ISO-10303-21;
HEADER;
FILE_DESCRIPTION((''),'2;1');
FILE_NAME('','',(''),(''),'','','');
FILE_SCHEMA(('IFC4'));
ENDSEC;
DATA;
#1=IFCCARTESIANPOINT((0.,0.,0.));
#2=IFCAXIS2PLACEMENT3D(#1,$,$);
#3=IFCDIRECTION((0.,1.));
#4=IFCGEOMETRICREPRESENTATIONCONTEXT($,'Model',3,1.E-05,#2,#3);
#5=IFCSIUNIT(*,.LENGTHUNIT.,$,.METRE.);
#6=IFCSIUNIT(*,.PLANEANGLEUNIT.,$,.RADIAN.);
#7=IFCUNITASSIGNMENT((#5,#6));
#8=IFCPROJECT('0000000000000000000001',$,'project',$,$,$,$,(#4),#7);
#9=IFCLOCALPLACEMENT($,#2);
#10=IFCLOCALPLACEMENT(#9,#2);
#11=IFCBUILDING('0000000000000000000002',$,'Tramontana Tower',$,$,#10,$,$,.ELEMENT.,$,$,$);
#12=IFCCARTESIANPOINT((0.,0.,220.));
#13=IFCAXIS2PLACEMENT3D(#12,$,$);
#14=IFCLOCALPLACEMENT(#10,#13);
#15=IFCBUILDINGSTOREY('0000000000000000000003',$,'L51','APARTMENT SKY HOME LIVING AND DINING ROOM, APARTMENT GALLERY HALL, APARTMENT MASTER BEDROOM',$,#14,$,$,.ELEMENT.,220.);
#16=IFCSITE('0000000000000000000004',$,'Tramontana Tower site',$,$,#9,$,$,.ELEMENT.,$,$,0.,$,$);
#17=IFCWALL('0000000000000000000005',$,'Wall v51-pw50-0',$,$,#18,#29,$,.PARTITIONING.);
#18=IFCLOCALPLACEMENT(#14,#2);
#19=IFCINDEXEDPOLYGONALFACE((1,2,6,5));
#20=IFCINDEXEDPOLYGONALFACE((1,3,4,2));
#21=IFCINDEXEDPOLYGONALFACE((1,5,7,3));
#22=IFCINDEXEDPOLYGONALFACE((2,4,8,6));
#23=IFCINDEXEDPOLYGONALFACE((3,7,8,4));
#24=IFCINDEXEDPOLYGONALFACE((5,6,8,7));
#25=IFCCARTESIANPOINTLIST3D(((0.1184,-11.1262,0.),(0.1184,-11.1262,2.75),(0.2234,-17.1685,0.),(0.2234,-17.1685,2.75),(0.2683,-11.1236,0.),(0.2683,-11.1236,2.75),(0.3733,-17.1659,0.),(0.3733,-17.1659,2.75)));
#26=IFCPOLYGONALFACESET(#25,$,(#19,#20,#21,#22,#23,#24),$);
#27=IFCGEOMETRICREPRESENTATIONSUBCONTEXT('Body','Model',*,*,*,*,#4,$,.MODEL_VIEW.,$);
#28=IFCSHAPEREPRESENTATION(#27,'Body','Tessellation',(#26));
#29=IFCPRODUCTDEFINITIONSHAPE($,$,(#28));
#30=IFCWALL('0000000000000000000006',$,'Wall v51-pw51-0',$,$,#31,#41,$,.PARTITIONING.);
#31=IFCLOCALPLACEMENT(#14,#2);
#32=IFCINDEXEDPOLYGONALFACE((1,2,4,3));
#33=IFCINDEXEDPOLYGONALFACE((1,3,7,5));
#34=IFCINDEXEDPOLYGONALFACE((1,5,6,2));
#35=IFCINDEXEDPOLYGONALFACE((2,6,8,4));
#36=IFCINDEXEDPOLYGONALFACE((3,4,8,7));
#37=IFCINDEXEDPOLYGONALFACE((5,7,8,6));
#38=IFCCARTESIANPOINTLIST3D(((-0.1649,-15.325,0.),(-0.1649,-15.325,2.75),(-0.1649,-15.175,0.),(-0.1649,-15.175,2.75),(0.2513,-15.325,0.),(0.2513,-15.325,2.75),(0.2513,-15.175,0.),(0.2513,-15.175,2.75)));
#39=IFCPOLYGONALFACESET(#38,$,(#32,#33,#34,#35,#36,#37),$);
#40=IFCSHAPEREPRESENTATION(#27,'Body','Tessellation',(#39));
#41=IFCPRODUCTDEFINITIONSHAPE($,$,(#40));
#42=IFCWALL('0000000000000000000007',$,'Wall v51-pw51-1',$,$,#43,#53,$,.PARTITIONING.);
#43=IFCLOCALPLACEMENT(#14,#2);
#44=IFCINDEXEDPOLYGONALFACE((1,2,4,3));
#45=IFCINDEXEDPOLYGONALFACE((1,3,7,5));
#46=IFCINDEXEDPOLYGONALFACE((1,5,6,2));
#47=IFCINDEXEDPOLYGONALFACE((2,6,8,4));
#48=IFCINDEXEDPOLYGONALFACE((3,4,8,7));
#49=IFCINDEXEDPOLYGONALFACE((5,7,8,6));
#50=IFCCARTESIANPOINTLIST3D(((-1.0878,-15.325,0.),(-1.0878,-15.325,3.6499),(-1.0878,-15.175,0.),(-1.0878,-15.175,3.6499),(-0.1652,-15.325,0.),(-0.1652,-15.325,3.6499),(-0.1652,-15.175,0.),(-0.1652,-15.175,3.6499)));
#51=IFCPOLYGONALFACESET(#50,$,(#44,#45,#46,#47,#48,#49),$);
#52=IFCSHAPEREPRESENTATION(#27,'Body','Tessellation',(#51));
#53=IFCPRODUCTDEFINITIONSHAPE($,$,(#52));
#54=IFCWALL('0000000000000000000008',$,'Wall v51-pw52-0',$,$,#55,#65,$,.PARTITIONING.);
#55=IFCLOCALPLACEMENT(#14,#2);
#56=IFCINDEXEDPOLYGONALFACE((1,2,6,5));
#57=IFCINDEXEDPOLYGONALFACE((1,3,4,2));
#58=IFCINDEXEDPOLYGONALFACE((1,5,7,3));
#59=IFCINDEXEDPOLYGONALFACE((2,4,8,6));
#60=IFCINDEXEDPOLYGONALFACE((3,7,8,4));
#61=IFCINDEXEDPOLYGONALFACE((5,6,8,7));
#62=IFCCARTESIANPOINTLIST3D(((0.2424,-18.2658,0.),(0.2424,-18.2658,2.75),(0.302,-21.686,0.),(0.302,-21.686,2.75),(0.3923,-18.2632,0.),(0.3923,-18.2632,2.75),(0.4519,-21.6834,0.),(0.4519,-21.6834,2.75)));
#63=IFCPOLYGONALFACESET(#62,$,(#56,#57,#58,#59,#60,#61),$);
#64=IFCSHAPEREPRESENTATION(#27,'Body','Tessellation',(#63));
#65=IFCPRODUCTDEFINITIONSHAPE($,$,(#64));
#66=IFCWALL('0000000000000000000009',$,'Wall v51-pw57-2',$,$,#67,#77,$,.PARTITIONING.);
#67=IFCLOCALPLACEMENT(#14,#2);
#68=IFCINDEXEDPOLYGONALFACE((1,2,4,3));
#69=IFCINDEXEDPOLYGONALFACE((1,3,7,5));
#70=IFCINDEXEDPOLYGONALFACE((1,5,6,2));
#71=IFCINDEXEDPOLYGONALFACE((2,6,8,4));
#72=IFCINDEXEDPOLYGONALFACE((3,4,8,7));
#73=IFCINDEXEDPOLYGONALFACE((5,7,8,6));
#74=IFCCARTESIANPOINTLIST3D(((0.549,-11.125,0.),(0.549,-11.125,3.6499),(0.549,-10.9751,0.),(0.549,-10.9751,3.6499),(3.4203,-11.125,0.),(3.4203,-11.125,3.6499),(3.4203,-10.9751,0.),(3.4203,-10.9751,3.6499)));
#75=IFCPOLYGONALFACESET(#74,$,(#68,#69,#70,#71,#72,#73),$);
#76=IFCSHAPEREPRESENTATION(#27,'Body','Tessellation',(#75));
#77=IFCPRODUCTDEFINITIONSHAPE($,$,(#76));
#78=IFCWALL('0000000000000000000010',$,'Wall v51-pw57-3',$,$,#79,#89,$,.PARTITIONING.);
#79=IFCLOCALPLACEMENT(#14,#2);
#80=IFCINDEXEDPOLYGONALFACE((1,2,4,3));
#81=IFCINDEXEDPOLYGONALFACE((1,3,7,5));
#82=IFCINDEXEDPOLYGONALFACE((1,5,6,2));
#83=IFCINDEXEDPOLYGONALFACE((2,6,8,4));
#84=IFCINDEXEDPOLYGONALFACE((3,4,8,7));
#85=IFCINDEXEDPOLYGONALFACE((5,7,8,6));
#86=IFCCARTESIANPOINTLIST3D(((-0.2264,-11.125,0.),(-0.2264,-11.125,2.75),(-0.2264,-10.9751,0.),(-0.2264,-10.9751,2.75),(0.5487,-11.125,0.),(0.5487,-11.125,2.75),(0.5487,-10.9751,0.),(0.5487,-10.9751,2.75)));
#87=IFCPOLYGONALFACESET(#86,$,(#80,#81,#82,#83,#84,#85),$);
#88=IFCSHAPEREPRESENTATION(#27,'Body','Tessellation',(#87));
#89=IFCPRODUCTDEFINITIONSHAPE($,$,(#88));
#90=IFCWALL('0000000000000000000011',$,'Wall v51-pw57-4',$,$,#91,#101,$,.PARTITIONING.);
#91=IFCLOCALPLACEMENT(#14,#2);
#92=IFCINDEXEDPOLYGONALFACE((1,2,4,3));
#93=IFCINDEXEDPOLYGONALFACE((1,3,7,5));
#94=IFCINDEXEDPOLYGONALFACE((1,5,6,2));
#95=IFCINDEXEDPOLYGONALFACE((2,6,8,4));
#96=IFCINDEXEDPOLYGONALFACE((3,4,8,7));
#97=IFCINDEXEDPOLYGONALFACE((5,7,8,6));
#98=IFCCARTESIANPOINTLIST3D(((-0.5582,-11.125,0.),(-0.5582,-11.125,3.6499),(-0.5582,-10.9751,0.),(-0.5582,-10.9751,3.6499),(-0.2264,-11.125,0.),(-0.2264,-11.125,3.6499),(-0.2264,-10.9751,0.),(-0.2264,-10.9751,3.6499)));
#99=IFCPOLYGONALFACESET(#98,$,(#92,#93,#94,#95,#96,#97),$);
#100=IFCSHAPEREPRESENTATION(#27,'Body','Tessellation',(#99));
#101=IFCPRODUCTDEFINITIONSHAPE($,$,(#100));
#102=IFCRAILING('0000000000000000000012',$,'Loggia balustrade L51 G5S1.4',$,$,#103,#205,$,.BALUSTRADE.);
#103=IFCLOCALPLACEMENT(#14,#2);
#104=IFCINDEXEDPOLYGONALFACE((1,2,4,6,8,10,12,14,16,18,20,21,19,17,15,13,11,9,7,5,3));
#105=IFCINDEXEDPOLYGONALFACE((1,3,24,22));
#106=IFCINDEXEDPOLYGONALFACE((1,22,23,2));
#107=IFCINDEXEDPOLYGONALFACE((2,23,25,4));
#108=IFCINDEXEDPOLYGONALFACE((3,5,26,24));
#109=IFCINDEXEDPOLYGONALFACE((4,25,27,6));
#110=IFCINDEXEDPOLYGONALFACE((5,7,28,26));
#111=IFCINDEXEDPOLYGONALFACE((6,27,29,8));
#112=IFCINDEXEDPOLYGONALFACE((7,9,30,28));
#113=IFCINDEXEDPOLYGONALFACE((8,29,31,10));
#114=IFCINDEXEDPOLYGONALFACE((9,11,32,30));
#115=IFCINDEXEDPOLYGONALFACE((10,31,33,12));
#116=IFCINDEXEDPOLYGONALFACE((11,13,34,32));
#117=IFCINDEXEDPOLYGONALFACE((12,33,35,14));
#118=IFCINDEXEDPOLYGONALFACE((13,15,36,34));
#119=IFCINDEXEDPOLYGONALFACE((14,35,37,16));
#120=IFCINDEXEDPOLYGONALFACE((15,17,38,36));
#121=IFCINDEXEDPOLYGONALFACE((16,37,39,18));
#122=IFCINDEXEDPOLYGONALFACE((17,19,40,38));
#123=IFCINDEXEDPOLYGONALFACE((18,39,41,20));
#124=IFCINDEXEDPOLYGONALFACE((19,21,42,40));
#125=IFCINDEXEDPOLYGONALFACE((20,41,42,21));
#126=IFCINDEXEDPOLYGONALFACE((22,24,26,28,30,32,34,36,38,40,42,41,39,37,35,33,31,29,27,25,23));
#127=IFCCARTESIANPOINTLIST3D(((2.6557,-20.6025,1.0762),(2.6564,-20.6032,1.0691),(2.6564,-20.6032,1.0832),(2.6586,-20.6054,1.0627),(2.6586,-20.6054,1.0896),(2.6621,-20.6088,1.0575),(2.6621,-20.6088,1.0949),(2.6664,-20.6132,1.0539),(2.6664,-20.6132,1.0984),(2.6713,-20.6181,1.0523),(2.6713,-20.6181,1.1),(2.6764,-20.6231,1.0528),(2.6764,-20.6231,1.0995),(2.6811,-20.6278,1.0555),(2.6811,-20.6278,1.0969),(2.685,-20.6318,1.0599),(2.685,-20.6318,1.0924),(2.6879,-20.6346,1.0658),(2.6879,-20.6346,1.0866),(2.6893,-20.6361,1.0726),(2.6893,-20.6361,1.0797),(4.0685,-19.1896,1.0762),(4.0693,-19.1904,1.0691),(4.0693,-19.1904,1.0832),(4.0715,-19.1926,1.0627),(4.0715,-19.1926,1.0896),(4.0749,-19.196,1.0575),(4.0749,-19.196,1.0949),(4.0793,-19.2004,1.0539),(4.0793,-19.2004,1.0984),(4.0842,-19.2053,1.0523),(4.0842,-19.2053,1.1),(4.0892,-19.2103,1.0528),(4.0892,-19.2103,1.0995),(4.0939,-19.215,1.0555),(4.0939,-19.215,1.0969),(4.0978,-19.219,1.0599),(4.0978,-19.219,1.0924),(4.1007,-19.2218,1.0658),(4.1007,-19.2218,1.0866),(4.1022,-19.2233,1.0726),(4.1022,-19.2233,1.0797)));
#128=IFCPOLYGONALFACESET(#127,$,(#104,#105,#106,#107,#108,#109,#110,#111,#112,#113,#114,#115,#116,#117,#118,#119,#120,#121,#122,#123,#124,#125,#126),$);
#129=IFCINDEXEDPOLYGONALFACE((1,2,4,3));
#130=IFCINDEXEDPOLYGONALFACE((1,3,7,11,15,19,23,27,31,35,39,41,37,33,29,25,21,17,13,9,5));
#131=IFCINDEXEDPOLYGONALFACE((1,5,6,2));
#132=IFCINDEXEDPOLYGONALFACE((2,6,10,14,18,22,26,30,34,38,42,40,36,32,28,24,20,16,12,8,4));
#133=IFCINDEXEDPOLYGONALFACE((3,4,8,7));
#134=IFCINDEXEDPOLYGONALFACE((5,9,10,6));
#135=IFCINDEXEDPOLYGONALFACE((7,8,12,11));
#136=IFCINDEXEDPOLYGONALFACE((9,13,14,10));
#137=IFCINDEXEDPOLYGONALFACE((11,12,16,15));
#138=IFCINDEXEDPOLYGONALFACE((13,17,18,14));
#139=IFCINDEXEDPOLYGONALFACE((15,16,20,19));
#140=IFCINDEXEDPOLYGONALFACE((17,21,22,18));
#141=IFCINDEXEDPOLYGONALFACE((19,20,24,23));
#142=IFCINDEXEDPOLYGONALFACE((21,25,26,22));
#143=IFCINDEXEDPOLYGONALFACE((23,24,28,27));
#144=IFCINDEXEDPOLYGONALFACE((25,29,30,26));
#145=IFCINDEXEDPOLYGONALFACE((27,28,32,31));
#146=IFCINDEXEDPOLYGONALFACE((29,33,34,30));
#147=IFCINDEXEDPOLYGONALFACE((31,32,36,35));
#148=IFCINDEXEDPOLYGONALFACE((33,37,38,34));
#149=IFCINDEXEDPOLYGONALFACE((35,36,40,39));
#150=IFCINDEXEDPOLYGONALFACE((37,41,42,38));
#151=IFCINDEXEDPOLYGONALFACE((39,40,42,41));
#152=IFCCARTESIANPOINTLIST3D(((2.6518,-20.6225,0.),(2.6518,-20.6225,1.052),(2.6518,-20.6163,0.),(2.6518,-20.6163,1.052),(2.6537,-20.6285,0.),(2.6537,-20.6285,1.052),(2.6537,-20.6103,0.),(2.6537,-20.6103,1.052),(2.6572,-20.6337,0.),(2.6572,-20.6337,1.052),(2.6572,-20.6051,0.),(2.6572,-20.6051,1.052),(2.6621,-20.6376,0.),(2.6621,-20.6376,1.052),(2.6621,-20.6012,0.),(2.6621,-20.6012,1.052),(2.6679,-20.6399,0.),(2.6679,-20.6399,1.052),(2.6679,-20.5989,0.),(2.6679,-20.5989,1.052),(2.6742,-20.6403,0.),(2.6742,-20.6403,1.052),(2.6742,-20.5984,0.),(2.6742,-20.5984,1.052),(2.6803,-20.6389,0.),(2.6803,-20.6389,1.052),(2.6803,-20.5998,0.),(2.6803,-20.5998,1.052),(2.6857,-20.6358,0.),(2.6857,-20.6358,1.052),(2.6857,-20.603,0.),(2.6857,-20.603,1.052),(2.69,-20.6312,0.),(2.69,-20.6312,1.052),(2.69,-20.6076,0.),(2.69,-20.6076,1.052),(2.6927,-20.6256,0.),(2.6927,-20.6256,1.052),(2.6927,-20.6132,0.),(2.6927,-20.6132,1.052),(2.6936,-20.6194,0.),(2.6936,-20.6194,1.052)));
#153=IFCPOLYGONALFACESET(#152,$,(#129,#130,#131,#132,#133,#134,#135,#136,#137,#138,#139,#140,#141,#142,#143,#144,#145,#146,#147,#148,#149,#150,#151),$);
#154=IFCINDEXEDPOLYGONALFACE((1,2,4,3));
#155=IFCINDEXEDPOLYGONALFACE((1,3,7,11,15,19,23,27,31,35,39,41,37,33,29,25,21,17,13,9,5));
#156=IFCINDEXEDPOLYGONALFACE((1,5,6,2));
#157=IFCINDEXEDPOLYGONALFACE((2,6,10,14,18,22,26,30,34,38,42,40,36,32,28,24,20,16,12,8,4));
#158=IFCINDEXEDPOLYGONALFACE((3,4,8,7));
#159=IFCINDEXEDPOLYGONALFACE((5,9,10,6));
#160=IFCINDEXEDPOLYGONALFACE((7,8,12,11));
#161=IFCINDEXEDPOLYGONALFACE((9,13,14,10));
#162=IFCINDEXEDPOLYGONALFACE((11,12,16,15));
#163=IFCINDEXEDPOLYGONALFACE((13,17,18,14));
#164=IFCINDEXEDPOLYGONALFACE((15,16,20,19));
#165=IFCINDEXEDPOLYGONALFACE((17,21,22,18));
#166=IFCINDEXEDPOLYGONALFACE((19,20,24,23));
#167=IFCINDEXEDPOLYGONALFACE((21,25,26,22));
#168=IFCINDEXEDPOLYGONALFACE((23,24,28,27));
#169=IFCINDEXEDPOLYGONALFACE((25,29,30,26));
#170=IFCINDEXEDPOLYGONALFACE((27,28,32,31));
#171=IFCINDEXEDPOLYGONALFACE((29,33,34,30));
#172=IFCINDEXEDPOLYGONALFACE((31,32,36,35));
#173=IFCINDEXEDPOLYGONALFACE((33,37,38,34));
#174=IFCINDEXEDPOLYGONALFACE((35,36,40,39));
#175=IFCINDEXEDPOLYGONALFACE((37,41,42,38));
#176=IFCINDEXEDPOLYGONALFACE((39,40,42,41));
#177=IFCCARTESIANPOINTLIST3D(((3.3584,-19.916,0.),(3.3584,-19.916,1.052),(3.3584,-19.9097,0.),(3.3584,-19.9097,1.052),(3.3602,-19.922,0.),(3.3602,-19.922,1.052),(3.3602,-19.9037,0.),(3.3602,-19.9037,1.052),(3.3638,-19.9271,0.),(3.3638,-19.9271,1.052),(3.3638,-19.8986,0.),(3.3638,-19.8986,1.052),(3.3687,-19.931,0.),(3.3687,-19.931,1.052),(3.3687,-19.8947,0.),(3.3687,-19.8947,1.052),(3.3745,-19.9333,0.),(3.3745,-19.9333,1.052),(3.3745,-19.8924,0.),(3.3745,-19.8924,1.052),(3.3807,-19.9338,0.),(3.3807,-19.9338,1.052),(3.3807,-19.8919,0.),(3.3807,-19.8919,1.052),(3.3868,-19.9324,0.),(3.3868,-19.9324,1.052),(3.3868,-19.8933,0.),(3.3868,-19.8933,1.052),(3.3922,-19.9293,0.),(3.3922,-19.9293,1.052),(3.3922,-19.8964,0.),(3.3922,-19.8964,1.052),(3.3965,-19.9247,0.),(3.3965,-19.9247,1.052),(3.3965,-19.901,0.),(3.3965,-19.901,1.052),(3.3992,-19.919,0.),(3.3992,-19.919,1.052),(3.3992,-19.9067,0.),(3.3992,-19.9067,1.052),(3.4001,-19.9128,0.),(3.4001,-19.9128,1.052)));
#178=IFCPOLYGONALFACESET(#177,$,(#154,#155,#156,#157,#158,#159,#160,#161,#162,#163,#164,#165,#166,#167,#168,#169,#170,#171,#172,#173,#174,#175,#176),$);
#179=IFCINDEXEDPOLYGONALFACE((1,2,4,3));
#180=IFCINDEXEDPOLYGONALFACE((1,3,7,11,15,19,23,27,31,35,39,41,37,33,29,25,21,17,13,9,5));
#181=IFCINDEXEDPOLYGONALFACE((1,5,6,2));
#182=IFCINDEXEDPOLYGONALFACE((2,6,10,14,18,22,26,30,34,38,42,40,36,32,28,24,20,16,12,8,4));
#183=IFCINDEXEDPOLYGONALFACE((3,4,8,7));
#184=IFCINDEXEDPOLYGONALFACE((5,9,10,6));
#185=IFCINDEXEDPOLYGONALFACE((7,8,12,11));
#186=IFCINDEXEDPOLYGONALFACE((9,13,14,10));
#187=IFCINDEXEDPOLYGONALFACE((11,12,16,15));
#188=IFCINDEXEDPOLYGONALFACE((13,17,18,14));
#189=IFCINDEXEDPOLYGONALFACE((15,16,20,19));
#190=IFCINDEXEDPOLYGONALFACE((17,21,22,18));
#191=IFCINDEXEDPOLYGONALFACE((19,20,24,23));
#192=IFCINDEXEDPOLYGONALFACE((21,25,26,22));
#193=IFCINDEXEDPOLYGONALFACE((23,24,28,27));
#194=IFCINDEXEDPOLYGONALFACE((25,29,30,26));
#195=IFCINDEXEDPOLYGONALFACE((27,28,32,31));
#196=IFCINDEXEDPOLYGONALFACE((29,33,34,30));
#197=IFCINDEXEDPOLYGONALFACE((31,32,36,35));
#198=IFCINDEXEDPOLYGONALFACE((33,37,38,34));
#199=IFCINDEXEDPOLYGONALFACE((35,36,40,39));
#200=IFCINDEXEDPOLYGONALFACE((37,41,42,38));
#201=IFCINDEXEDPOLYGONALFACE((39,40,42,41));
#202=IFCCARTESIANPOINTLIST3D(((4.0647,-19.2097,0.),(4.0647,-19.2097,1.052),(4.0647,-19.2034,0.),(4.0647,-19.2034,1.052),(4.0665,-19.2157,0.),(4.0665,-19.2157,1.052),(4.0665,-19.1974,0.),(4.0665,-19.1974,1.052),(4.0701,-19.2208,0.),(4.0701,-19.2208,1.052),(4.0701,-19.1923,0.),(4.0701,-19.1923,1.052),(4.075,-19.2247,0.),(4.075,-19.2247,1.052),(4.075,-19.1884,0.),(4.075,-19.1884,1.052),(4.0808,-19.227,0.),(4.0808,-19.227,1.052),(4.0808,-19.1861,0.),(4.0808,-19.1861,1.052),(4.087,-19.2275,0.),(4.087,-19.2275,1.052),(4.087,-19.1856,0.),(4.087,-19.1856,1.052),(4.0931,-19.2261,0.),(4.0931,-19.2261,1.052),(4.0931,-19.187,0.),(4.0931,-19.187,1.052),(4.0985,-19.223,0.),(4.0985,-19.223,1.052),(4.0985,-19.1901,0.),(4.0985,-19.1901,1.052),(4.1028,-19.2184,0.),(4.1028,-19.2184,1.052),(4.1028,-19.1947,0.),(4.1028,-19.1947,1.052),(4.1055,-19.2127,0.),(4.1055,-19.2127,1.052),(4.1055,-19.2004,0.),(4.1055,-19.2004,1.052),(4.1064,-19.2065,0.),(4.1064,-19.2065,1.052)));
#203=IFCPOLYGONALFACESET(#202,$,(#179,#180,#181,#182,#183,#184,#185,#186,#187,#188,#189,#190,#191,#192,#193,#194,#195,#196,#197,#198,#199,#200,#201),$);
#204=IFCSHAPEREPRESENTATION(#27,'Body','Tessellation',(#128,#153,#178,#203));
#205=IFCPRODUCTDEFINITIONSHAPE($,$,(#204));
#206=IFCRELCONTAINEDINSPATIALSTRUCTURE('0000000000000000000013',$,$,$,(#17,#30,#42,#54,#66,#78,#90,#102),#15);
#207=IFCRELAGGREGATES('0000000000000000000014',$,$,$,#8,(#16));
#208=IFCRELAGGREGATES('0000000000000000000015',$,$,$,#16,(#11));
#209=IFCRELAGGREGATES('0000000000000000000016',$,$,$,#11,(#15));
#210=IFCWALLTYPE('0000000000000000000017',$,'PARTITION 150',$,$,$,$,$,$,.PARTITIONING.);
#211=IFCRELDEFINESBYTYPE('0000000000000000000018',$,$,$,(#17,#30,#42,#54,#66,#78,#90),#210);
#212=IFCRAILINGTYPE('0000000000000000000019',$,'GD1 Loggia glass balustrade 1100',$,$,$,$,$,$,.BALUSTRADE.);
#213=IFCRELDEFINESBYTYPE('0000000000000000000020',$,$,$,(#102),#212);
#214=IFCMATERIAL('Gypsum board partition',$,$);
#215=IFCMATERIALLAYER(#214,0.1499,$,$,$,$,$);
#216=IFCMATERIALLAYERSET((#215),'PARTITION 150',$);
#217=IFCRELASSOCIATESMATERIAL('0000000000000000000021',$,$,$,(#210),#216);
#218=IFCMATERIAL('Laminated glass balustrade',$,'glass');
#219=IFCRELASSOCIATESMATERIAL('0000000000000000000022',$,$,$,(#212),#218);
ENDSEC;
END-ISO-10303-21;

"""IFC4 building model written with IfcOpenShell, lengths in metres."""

from ifc_helpers import new_model, si_unit, direction, frame, frame_2d, origin, origin_2d, place, context, subcontext, project, spatial, rectangle, circle, extrude, material, layer, layer_set, type_object, element, save


model = new_model("IFC4")

# Units and contexts
model_context = context("Model", 3, precision=1e-05, world=origin(), true_north=direction((0.0, 1.0)))
body_context = subcontext(model_context, "Body", "Model", "MODEL_VIEW")
ifc_project = project(units=[si_unit("LENGTHUNIT", "METRE"), si_unit("PLANEANGLEUNIT", "RADIAN")], contexts=[model_context])

# Site, building, storey
site_placement = place(None, origin())
site = spatial("IfcSite", under=ifc_project, at=site_placement, Name="Tramontana Tower site", CompositionType="ELEMENT", RefElevation=0.0)
building_placement = place(site_placement, origin())
building = spatial("IfcBuilding", under=site, at=building_placement, Name="Tramontana Tower", CompositionType="ELEMENT")
storey_placement = place(building_placement, frame((0.0, 0.0, 220.0)))
storey = spatial("IfcBuildingStorey", under=building, at=storey_placement, Name="L51", Description="APARTMENT SKY HOME LIVING AND DINING ROOM, APARTMENT GALLERY HALL, APARTMENT MASTER BEDROOM", CompositionType="ELEMENT", Elevation=220.0)

# Shared definitions
ifc_material_1 = material(Name="Gypsum board partition")
ifc_layer_1 = layer(ifc_material_1, 0.1499)
ifc_layer_set_1 = layer_set([ifc_layer_1], Name="PARTITION 150")
wall_type_1 = type_object("IfcWallType", Name="PARTITION 150", PredefinedType="PARTITIONING", material=ifc_layer_set_1)

# Walls
wall_1_placement = place(storey_placement, frame((0.1934, -11.125, 0.0), z_axis=(0.0, 0.0, 1.0), x_axis=(0.017372, -0.999849, 0.0)))
element("IfcWall", 1, at=wall_1_placement, inside=storey, type_object=wall_type_1, Name="Wall v51-pw50-0", PredefinedType="PARTITIONING", context=body_context, shape_type="SweptSolid", body=[
    extrude(rectangle(XDim=6.0432, YDim=0.1499, at=frame_2d((3.0215, 0.0))), origin(), (0.0, 0.0, 1.0), 2.75),
])
wall_2_placement = place(storey_placement, frame((0.2512, -15.25, 0.0), z_axis=(0.0, 0.0, 1.0), x_axis=(-1.0, 0.0, 0.0)))
element("IfcWall", 2, at=wall_2_placement, inside=storey, type_object=wall_type_1, Name="Wall v51-pw51-0", PredefinedType="PARTITIONING", context=body_context, shape_type="SweptSolid", body=[
    extrude(rectangle(XDim=0.4163, YDim=0.1499, at=frame_2d((0.208, 0.0))), origin(), (0.0, 0.0, 1.0), 2.75),
])
wall_3_placement = place(storey_placement, frame((-0.165, -15.25, 0.0), z_axis=(0.0, 0.0, 1.0), x_axis=(-1.0, 0.0, 0.0)))
element("IfcWall", 3, at=wall_3_placement, inside=storey, type_object=wall_type_1, Name="Wall v51-pw51-1", PredefinedType="PARTITIONING", context=body_context, shape_type="SweptSolid", body=[
    extrude(rectangle(XDim=0.9226, YDim=0.1499, at=frame_2d((0.4614, 0.0))), origin(), (0.0, 0.0, 1.0), 3.6499),
])
wall_4_placement = place(storey_placement, frame((0.3174, -18.2644, 0.0), z_axis=(0.0, 0.0, 1.0), x_axis=(0.017415, -0.999848, 0.0)))
element("IfcWall", 4, at=wall_4_placement, inside=storey, type_object=wall_type_1, Name="Wall v51-pw52-0", PredefinedType="PARTITIONING", context=body_context, shape_type="SweptSolid", body=[
    extrude(rectangle(XDim=3.4207, YDim=0.1499, at=frame_2d((1.7104, 0.0))), origin(), (0.0, 0.0, 1.0), 2.75),
])

# Walls
wall_5_placement = place(storey_placement, frame((3.4202, -11.05, 0.0), z_axis=(0.0, 0.0, 1.0), x_axis=(-1.0, 0.0, 0.0)))
element("IfcWall", 5, at=wall_5_placement, inside=storey, type_object=wall_type_1, Name="Wall v51-pw57-2", PredefinedType="PARTITIONING", context=body_context, shape_type="SweptSolid", body=[
    extrude(rectangle(XDim=2.8713, YDim=0.1499, at=frame_2d((1.4355, 0.0))), origin(), (0.0, 0.0, 1.0), 3.6499),
])
wall_6_placement = place(storey_placement, frame((0.5488, -11.05, 0.0), z_axis=(0.0, 0.0, 1.0), x_axis=(-1.0, 0.0, 0.0)))
element("IfcWall", 6, at=wall_6_placement, inside=storey, type_object=wall_type_1, Name="Wall v51-pw57-3", PredefinedType="PARTITIONING", context=body_context, shape_type="SweptSolid", body=[
    extrude(rectangle(XDim=0.7751, YDim=0.1499, at=frame_2d((0.3877, 0.0))), origin(), (0.0, 0.0, 1.0), 2.75),
])
wall_7_placement = place(storey_placement, frame((-0.2263, -11.05, 0.0), z_axis=(0.0, 0.0, 1.0), x_axis=(-1.0, 0.0, 0.0)))
element("IfcWall", 7, at=wall_7_placement, inside=storey, type_object=wall_type_1, Name="Wall v51-pw57-4", PredefinedType="PARTITIONING", context=body_context, shape_type="SweptSolid", body=[
    extrude(rectangle(XDim=0.3318, YDim=0.1499, at=frame_2d((0.166, 0.0))), origin(), (0.0, 0.0, 1.0), 3.6499),
])

# Railing
ifc_material_2 = material(Name="Laminated glass balustrade", Category="glass")
railing_type = type_object("IfcRailingType", Name="GD1 Loggia glass balustrade 1100", PredefinedType="BALUSTRADE", material=ifc_material_2)
railing_placement = place(storey_placement, frame((2.6726, -20.6194, 0.0)))
element("IfcRailing", 8, at=railing_placement, inside=storey, type_object=railing_type, Name="Loggia balustrade L51 G5S1.4", PredefinedType="BALUSTRADE", context=body_context, shape_type="SweptSolid", body=[
    extrude(circle(Radius=0.0239, at=origin_2d()), frame((0.0, 0.0, 1.0762), z_axis=(0.707107, 0.707107, 0.0), x_axis=(-0.707107, 0.707107, 0.0)), (0.0, 0.0, 1.0), 1.998),
    extrude(circle(Radius=0.021, at=origin_2d()), origin(), (0.0, 0.0, 1.0), 1.052),
    extrude(circle(Radius=0.021, at=origin_2d()), frame((0.7065, 0.7065, 0.0)), (0.0, 0.0, 1.0), 1.052),
    extrude(circle(Radius=0.021, at=origin_2d()), frame((1.4128, 1.4128, 0.0)), (0.0, 0.0, 1.0), 1.052),
])

save(model, "model.ifc")
